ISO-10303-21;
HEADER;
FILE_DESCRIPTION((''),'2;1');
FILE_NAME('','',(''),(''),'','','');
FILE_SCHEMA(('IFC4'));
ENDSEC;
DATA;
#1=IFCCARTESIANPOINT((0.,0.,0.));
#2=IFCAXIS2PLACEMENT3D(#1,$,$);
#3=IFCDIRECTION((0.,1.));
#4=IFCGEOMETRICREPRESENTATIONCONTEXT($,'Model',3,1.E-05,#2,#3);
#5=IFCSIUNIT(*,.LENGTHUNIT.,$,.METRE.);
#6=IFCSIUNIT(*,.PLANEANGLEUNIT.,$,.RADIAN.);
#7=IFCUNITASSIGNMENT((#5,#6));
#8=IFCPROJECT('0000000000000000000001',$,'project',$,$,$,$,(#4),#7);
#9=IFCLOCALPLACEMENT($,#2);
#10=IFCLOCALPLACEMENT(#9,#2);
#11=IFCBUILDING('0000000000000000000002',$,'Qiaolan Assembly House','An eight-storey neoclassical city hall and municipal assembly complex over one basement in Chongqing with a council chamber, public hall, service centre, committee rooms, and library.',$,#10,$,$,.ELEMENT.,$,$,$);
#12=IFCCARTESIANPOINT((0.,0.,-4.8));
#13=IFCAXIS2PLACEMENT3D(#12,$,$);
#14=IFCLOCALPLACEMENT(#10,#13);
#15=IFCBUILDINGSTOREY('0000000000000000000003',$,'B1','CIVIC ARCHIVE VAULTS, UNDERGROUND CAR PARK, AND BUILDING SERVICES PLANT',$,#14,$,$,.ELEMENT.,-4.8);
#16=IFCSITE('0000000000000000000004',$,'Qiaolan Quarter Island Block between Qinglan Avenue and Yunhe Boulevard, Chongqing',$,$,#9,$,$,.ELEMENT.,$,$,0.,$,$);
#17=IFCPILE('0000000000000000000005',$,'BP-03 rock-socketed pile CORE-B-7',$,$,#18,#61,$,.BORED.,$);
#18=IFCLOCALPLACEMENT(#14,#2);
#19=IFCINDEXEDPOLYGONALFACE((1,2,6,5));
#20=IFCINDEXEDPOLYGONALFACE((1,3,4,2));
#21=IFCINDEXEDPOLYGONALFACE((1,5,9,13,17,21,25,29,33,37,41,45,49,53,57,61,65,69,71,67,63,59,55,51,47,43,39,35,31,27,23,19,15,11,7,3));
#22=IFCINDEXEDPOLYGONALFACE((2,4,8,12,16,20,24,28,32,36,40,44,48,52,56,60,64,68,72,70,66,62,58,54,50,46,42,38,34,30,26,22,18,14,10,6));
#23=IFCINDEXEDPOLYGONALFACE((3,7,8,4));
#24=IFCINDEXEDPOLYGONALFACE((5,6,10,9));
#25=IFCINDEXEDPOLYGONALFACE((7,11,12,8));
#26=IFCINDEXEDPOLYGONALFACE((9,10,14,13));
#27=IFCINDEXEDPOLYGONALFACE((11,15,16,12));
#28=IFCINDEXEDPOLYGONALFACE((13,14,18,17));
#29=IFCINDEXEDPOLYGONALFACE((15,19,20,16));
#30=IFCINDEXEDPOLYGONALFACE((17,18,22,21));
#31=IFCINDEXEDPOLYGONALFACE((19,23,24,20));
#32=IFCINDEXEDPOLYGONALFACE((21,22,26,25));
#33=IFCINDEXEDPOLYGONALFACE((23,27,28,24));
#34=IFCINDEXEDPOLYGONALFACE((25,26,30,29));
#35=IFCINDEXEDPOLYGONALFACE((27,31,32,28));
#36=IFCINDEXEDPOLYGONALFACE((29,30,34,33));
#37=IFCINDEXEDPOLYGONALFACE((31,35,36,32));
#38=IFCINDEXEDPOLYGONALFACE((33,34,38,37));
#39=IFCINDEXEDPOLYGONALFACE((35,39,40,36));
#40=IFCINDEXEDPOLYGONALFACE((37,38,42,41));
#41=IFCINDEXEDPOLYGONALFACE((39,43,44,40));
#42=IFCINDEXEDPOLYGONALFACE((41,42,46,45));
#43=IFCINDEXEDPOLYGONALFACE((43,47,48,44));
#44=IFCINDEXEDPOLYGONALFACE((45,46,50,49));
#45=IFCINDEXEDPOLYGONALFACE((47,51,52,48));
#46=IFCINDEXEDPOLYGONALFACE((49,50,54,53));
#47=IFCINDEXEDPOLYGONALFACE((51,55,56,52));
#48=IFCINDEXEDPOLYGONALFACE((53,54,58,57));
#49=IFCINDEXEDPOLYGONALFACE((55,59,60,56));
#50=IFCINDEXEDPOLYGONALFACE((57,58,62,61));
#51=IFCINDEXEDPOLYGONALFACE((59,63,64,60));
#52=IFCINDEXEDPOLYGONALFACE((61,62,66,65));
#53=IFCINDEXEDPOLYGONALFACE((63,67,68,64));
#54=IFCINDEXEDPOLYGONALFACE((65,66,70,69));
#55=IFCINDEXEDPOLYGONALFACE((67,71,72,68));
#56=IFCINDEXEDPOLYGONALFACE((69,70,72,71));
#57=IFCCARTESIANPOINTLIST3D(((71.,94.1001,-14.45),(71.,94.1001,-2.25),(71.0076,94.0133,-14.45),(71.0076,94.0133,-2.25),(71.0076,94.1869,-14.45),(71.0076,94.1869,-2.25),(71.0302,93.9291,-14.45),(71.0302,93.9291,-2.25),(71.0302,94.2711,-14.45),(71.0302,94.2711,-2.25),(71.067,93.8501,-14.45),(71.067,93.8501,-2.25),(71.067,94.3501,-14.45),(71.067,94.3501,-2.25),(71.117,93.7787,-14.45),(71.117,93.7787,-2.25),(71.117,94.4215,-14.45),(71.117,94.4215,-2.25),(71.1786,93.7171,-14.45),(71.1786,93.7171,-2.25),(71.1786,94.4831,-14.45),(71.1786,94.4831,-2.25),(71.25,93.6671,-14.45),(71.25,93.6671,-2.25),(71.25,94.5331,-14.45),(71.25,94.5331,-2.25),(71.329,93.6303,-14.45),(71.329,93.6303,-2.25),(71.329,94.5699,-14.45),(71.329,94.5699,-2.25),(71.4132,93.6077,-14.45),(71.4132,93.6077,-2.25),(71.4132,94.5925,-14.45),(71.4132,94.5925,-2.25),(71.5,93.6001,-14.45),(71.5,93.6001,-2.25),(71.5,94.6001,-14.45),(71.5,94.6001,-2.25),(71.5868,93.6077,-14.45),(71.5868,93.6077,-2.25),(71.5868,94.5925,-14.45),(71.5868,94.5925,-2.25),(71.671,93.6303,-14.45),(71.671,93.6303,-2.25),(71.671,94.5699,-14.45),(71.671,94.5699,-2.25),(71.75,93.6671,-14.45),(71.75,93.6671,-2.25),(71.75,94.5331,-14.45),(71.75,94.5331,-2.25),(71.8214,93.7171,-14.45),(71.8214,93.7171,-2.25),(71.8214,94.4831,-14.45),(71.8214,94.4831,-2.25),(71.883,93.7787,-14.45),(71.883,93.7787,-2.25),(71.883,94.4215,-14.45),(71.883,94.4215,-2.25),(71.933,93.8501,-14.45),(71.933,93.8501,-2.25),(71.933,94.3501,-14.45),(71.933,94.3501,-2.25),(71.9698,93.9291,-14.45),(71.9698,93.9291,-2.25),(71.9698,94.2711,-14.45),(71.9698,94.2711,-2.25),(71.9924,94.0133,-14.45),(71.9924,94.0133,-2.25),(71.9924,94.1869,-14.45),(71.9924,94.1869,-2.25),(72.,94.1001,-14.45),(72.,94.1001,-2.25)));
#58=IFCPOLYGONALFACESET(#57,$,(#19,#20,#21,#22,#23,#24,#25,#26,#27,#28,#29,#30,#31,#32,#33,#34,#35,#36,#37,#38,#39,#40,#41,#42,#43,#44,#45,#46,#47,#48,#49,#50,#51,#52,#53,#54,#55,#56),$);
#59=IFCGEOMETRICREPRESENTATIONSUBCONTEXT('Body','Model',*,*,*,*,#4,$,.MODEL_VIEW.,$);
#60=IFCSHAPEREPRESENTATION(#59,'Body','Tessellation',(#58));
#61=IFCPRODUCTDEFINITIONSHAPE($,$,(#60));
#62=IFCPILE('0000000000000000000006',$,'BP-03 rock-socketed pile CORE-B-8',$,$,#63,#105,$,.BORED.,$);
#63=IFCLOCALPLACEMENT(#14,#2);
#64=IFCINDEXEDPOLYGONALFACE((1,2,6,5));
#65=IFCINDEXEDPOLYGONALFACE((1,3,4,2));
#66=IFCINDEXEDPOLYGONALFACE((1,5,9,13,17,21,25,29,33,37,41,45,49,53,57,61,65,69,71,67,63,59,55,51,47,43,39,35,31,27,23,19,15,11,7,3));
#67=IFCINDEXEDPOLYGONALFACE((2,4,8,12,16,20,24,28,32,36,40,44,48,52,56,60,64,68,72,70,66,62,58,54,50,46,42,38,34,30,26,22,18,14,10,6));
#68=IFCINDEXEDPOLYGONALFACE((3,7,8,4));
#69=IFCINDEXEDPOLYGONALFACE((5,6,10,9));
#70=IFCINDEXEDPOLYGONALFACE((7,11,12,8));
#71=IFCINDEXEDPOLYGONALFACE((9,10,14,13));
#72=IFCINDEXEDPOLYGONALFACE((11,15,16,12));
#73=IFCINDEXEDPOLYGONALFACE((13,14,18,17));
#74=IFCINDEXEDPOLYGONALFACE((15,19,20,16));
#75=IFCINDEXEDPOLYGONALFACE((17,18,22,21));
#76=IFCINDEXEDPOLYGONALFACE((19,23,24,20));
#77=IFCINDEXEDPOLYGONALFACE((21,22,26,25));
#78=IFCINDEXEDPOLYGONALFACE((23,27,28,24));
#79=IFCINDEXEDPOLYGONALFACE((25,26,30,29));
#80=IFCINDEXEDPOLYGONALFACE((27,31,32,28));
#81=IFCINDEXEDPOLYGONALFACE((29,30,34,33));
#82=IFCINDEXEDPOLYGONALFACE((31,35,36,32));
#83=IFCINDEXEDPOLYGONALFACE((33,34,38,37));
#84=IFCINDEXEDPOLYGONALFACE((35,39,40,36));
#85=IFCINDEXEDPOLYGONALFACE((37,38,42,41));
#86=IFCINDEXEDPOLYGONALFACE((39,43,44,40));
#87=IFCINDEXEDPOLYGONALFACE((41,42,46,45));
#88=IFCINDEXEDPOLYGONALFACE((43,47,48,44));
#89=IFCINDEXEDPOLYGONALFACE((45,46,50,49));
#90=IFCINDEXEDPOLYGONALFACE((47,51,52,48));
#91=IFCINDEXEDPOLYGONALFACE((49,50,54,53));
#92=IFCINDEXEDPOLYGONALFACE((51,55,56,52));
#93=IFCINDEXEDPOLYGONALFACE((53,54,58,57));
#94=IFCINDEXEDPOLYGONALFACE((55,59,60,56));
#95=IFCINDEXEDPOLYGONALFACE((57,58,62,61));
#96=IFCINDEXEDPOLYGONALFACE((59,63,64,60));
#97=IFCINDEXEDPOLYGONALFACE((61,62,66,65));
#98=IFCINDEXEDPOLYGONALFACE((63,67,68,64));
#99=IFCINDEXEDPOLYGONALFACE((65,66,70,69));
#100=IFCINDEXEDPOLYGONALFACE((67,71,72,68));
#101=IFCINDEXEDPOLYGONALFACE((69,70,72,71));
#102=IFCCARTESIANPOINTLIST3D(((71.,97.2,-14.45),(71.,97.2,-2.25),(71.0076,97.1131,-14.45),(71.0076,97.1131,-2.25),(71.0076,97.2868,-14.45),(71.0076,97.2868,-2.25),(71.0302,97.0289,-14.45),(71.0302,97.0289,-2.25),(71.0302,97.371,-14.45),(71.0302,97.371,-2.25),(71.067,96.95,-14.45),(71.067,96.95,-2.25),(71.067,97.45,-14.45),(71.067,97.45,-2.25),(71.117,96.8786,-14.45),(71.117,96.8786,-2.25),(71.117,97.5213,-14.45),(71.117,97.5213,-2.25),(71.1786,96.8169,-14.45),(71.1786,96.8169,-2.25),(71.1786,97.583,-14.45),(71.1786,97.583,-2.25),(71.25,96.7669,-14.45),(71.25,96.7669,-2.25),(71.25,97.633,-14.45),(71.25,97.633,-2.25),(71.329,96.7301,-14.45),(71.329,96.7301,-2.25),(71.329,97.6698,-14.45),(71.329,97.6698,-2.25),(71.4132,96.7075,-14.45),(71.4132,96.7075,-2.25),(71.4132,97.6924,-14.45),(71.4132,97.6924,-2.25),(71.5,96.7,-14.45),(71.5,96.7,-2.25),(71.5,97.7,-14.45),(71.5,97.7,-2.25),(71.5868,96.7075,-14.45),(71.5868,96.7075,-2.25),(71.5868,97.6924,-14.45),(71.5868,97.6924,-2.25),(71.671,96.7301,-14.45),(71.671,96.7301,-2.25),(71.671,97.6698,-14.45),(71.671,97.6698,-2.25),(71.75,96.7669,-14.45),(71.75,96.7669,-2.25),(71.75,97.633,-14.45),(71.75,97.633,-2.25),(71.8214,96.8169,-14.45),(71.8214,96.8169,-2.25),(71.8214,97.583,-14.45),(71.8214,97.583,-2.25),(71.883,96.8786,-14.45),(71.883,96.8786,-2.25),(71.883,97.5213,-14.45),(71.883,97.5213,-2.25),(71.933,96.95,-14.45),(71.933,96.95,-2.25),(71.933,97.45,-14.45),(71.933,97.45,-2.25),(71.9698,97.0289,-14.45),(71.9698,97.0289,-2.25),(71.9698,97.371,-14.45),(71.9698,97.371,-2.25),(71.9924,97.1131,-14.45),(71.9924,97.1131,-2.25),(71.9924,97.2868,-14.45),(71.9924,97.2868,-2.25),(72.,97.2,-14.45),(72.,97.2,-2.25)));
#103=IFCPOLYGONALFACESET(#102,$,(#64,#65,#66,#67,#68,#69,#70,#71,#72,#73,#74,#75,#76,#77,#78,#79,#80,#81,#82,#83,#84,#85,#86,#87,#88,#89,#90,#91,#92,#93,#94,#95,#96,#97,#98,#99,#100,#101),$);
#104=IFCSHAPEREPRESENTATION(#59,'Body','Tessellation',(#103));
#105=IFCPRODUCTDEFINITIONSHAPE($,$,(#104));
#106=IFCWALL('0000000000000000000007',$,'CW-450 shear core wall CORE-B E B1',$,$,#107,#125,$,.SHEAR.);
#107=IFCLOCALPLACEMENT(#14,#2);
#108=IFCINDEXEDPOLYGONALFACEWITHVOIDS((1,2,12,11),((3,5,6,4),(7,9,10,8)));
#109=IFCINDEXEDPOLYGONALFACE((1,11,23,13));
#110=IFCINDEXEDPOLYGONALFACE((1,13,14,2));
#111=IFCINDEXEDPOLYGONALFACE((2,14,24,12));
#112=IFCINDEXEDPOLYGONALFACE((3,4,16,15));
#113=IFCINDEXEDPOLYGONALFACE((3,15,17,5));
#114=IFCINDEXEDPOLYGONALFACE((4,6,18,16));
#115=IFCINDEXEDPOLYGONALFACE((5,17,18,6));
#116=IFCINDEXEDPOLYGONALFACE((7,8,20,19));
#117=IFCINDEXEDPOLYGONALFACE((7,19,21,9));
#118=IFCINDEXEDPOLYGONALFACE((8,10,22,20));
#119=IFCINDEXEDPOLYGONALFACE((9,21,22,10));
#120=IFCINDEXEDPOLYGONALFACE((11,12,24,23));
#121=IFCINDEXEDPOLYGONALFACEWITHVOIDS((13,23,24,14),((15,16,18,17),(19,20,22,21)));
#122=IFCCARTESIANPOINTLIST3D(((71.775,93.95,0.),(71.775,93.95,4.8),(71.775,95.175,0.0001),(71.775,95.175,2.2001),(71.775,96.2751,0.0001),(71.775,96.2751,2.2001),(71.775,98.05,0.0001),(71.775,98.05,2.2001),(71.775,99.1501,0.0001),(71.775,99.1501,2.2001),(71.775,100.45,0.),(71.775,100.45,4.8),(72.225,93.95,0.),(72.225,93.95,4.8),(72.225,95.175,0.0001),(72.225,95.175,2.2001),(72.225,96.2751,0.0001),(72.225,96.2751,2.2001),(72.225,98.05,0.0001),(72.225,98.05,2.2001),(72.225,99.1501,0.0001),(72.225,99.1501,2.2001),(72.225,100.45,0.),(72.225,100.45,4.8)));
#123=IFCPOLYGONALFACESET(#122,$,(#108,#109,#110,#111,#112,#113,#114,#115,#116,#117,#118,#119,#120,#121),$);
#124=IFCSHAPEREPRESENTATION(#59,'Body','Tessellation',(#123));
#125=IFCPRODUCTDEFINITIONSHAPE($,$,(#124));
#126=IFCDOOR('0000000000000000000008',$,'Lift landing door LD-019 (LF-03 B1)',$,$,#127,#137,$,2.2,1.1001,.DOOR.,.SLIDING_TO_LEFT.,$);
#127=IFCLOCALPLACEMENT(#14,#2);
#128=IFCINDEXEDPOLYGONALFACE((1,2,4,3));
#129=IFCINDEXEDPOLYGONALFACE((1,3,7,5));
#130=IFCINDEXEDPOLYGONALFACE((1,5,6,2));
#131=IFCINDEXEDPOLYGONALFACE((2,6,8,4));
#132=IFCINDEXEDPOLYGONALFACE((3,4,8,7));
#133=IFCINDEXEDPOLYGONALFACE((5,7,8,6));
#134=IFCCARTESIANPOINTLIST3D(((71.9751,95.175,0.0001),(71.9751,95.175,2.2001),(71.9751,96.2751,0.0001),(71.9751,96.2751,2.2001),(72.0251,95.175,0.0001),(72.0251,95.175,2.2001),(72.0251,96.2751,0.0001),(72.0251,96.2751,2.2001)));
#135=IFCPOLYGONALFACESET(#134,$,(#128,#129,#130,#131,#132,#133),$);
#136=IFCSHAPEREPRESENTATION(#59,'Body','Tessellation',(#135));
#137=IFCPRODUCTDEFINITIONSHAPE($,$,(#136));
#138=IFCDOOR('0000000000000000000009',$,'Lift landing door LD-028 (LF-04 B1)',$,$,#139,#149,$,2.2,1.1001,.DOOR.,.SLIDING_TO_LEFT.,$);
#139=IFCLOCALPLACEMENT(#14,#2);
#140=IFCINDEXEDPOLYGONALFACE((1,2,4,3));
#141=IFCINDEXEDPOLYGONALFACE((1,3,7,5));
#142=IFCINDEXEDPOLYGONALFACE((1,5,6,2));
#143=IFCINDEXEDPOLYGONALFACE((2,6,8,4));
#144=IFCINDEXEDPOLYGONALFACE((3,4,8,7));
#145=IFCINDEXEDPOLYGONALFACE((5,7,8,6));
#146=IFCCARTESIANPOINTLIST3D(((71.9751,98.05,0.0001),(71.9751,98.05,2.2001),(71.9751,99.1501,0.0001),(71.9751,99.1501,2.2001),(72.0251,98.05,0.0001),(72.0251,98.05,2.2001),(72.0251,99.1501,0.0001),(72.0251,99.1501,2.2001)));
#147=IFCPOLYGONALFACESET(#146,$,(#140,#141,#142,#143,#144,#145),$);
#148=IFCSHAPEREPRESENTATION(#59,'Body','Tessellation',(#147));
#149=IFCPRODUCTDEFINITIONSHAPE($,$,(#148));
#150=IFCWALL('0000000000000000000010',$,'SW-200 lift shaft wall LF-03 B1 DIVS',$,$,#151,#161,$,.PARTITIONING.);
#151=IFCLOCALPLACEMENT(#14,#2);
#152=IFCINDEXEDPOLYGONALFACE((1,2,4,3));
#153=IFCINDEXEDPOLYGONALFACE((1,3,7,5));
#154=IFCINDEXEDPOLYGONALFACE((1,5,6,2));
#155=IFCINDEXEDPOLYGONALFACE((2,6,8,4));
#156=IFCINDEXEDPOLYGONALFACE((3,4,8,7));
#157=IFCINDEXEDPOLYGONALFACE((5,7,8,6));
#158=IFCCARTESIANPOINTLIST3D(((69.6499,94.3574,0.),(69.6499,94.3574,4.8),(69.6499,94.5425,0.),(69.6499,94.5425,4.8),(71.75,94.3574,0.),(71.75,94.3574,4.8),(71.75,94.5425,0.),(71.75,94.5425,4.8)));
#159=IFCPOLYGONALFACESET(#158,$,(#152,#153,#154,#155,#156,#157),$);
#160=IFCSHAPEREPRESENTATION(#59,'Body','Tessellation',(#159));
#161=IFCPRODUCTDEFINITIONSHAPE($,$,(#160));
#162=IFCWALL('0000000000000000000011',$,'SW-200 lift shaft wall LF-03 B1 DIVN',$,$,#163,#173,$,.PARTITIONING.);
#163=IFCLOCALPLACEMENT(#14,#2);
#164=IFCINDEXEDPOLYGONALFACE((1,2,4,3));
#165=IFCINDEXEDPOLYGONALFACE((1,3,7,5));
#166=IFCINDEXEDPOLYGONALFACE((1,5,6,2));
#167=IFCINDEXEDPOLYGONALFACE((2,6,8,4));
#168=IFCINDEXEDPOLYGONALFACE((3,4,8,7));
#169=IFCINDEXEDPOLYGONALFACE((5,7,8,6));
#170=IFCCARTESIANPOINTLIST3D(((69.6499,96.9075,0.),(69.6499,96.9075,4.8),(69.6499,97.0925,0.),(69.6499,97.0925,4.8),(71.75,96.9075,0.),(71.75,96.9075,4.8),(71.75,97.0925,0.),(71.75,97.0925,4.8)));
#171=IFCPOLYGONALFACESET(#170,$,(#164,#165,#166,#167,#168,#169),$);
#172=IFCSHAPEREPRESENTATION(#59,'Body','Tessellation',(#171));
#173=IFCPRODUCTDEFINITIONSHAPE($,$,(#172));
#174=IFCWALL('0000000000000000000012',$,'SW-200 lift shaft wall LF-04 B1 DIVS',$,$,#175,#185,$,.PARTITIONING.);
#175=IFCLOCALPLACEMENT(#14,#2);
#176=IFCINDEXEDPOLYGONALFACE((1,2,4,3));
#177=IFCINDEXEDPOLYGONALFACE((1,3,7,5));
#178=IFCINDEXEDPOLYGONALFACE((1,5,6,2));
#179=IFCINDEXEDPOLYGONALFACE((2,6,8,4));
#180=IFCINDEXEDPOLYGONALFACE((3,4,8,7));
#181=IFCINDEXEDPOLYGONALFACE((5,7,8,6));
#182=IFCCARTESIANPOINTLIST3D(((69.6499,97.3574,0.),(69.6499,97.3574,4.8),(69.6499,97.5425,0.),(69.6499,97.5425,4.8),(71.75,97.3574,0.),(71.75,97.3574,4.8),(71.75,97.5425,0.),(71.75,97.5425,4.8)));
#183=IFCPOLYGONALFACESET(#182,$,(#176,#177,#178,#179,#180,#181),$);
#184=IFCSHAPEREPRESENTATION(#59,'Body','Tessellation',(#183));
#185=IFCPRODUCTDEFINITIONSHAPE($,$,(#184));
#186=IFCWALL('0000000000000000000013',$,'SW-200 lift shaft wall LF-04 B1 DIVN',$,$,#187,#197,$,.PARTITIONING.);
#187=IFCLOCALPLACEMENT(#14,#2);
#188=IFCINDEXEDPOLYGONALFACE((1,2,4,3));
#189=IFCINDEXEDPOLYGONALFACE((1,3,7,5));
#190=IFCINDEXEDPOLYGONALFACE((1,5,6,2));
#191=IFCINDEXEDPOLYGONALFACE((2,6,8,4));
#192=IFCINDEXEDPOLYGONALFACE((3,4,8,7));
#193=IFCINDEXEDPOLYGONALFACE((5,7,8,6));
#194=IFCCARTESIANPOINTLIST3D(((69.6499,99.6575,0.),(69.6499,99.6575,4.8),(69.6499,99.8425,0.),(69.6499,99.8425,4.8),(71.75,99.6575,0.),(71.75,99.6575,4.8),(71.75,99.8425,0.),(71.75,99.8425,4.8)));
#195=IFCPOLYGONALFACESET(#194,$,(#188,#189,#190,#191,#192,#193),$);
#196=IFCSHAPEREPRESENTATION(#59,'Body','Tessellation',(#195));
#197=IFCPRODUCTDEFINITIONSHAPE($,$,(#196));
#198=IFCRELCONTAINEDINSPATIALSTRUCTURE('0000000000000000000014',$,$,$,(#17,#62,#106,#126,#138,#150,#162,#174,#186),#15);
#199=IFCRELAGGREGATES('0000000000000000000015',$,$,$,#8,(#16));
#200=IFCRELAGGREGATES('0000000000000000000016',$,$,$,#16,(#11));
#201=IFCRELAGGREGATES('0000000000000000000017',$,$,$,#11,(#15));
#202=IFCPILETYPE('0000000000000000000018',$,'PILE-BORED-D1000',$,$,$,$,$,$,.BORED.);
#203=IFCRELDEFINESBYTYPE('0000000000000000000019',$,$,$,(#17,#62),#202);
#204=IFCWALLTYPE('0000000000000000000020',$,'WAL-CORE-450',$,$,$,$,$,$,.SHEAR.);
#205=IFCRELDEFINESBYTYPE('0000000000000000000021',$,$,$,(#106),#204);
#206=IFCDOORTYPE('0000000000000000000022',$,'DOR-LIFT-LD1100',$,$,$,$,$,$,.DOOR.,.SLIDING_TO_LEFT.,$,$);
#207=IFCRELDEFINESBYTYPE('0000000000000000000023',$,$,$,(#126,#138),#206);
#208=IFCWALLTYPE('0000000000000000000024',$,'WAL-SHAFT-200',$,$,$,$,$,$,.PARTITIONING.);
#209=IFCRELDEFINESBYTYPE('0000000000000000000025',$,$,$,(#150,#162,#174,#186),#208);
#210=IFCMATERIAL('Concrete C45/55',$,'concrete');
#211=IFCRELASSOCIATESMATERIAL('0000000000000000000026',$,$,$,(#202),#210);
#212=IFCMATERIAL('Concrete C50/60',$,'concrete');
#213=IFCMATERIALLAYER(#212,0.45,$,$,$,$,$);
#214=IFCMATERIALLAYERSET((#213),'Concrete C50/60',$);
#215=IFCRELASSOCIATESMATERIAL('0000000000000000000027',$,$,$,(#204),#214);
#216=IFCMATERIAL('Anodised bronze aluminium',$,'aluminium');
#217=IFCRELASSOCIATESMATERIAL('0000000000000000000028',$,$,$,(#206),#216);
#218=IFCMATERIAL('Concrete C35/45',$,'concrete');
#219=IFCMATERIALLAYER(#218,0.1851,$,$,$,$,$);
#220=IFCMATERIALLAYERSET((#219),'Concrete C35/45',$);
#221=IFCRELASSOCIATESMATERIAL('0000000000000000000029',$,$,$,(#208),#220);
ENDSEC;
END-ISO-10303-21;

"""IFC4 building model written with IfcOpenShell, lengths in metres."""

from ifc_helpers import new_model, si_unit, direction, frame, frame_2d, origin, origin_2d, place, context, subcontext, project, spatial, rectangle, circle, extrude, material, layer, layer_set, material_profile, profile_set, type_object, element, fill, save


model = new_model("IFC4")

# Units and contexts
model_context = context("Model", 3, precision=1e-05, world=origin(), true_north=direction((0.0, 1.0)))
body_context = subcontext(model_context, "Body", "Model", "MODEL_VIEW")
ifc_project = project(units=[si_unit("LENGTHUNIT", "METRE"), si_unit("PLANEANGLEUNIT", "RADIAN")], contexts=[model_context])

# Site, building, storey
site_placement = place(None, origin())
site = spatial("IfcSite", under=ifc_project, at=site_placement, Name="Qiaolan Quarter Island Block between Qinglan Avenue and Yunhe Boulevard, Chongqing", CompositionType="ELEMENT", RefElevation=0.0)
building_placement = place(site_placement, origin())
building = spatial("IfcBuilding", under=site, at=building_placement, Name="Qiaolan Assembly House", Description="An eight-storey neoclassical city hall and municipal assembly complex over one basement in Chongqing with a council chamber, public hall, service centre, committee rooms, and library.", CompositionType="ELEMENT")
storey_placement = place(building_placement, frame((0.0, 0.0, -4.8)))
storey = spatial("IfcBuildingStorey", under=building, at=storey_placement, Name="B1", Description="CIVIC ARCHIVE VAULTS, UNDERGROUND CAR PARK, AND BUILDING SERVICES PLANT", CompositionType="ELEMENT", Elevation=-4.8)

# Piles
ifc_material_1 = material(Name="Concrete C45/55", Category="concrete")
ifc_material_profile = material_profile(ifc_material_1, circle(Radius=0.5, at=origin_2d()), Name="PILE D1000")
ifc_profile_set = profile_set([ifc_material_profile], Name="Concrete C45/55")
pile_type = type_object("IfcPileType", Name="PILE-BORED-D1000", PredefinedType="BORED", material=ifc_profile_set)
for number, where, z_axis, x_axis, name in (
    (1, (71.5, 94.1001, -2.25), (0.0, 0.0, -1.0), (1.0, 0.0, 0.0), "BP-03 rock-socketed pile CORE-B-7"),
    (2, (71.5, 97.2, -2.25), (0.0, 0.0, -1.0), (1.0, 0.0, 0.0), "BP-03 rock-socketed pile CORE-B-8"),
):
    element("IfcPile", number, at=place(storey_placement, frame(where, z_axis=z_axis, x_axis=x_axis)), inside=storey, type_object=pile_type, Name=name, PredefinedType="BORED", context=body_context, shape_type="SweptSolid", body=[
        extrude(circle(Radius=0.5, at=origin_2d()), origin(), (0.0, 0.0, 1.0), 12.2),
    ])

# Wall, openings, doors
ifc_material_2 = material(Name="Concrete C50/60", Category="concrete")
ifc_layer_1 = layer(ifc_material_2, 0.45)
ifc_layer_set_1 = layer_set([ifc_layer_1], Name="Concrete C50/60")
wall_type_1 = type_object("IfcWallType", Name="WAL-CORE-450", PredefinedType="SHEAR", material=ifc_layer_set_1)
wall_placement = place(storey_placement, frame((72.0, 93.95, 0.0), z_axis=(0.0, 0.0, 1.0), x_axis=(0.0, 1.0, 0.0)))
wall = element("IfcWall", 3, at=wall_placement, inside=storey, type_object=wall_type_1, Name="CW-450 shear core wall CORE-B E B1", PredefinedType="SHEAR", context=body_context, shape_type="SweptSolid", body=[
    extrude(rectangle(XDim=6.5, YDim=0.45, at=frame_2d((3.25, 0.0))), origin(), (0.0, 0.0, 1.0), 4.8),
])
opening_1_placement = place(wall_placement, frame((1.2251, 0.0, 0.0)))
opening_1 = element("IfcOpeningElement", 4, at=opening_1_placement, cuts=wall, PredefinedType="OPENING", context=body_context, shape_type="SweptSolid", body=[
    extrude(rectangle(XDim=1.1001, YDim=2.2, at=frame_2d((0.55, 1.1001))), frame((0.0, 0.2349, 0.0), z_axis=(0.0, -1.0, 0.0), x_axis=(1.0, 0.0, 0.0)), (0.0, 0.0, 1.0), 0.47),
])
opening_2_placement = place(wall_placement, frame((4.1001, 0.0, 0.0)))
opening_2 = element("IfcOpeningElement", 5, at=opening_2_placement, cuts=wall, PredefinedType="OPENING", context=body_context, shape_type="SweptSolid", body=[
    extrude(rectangle(XDim=1.1001, YDim=2.2, at=frame_2d((0.55, 1.1001))), frame((0.0, 0.2349, 0.0), z_axis=(0.0, -1.0, 0.0), x_axis=(1.0, 0.0, 0.0)), (0.0, 0.0, 1.0), 0.47),
])
ifc_material_3 = material(Name="Anodised bronze aluminium", Category="aluminium")
door_type = type_object("IfcDoorType", Name="DOR-LIFT-LD1100", OperationType="SLIDING_TO_LEFT", PredefinedType="DOOR", material=ifc_material_3)
door_1_placement = place(opening_1_placement, origin())
door_1 = element("IfcDoor", 6, at=door_1_placement, inside=storey, type_object=door_type, Name="Lift landing door LD-019 (LF-03 B1)", OperationType="SLIDING_TO_LEFT", OverallHeight=2.2, OverallWidth=1.1001, PredefinedType="DOOR", context=body_context, shape_type="SweptSolid", body=[
    extrude(rectangle(XDim=1.1001, YDim=2.2, at=frame_2d((0.55, 1.1001))), frame((0.0, 0.0249, 0.0), z_axis=(0.0, -1.0, 0.0), x_axis=(1.0, 0.0, 0.0)), (0.0, 0.0, 1.0), 0.05),
])
fill(opening_1, door_1)
door_2_placement = place(opening_2_placement, origin())
door_2 = element("IfcDoor", 7, at=door_2_placement, inside=storey, type_object=door_type, Name="Lift landing door LD-028 (LF-04 B1)", OperationType="SLIDING_TO_LEFT", OverallHeight=2.2, OverallWidth=1.1001, PredefinedType="DOOR", context=body_context, shape_type="SweptSolid", body=[
    extrude(rectangle(XDim=1.1001, YDim=2.2, at=frame_2d((0.55, 1.1001))), frame((0.0, 0.0249, 0.0), z_axis=(0.0, -1.0, 0.0), x_axis=(1.0, 0.0, 0.0)), (0.0, 0.0, 1.0), 0.05),
])
fill(opening_2, door_2)

# Walls
ifc_material_4 = material(Name="Concrete C35/45", Category="concrete")
ifc_layer_2 = layer(ifc_material_4, 0.1851)
ifc_layer_set_2 = layer_set([ifc_layer_2], Name="Concrete C35/45")
wall_type_2 = type_object("IfcWallType", Name="WAL-SHAFT-200", PredefinedType="PARTITIONING", material=ifc_layer_set_2)
for number, where, z_axis, x_axis, name in (
    (8, (69.6499, 94.45, 0.0), (0.0, 0.0, 1.0), (1.0, 0.0, 0.0), "SW-200 lift shaft wall LF-03 B1 DIVS"),
    (9, (69.6499, 97.0, 0.0), (0.0, 0.0, 1.0), (1.0, 0.0, 0.0), "SW-200 lift shaft wall LF-03 B1 DIVN"),
    (10, (69.6499, 97.45, 0.0), (0.0, 0.0, 1.0), (1.0, 0.0, 0.0), "SW-200 lift shaft wall LF-04 B1 DIVS"),
    (11, (69.6499, 99.75, 0.0), (0.0, 0.0, 1.0), (1.0, 0.0, 0.0), "SW-200 lift shaft wall LF-04 B1 DIVN"),
):
    element("IfcWall", number, at=place(storey_placement, frame(where, z_axis=z_axis, x_axis=x_axis)), inside=storey, type_object=wall_type_2, Name=name, PredefinedType="PARTITIONING", context=body_context, shape_type="SweptSolid", body=[
        extrude(rectangle(XDim=2.1001, YDim=0.1851, at=frame_2d((1.05, 0.0))), origin(), (0.0, 0.0, 1.0), 4.8),
    ])

save(model, "model.ifc")
